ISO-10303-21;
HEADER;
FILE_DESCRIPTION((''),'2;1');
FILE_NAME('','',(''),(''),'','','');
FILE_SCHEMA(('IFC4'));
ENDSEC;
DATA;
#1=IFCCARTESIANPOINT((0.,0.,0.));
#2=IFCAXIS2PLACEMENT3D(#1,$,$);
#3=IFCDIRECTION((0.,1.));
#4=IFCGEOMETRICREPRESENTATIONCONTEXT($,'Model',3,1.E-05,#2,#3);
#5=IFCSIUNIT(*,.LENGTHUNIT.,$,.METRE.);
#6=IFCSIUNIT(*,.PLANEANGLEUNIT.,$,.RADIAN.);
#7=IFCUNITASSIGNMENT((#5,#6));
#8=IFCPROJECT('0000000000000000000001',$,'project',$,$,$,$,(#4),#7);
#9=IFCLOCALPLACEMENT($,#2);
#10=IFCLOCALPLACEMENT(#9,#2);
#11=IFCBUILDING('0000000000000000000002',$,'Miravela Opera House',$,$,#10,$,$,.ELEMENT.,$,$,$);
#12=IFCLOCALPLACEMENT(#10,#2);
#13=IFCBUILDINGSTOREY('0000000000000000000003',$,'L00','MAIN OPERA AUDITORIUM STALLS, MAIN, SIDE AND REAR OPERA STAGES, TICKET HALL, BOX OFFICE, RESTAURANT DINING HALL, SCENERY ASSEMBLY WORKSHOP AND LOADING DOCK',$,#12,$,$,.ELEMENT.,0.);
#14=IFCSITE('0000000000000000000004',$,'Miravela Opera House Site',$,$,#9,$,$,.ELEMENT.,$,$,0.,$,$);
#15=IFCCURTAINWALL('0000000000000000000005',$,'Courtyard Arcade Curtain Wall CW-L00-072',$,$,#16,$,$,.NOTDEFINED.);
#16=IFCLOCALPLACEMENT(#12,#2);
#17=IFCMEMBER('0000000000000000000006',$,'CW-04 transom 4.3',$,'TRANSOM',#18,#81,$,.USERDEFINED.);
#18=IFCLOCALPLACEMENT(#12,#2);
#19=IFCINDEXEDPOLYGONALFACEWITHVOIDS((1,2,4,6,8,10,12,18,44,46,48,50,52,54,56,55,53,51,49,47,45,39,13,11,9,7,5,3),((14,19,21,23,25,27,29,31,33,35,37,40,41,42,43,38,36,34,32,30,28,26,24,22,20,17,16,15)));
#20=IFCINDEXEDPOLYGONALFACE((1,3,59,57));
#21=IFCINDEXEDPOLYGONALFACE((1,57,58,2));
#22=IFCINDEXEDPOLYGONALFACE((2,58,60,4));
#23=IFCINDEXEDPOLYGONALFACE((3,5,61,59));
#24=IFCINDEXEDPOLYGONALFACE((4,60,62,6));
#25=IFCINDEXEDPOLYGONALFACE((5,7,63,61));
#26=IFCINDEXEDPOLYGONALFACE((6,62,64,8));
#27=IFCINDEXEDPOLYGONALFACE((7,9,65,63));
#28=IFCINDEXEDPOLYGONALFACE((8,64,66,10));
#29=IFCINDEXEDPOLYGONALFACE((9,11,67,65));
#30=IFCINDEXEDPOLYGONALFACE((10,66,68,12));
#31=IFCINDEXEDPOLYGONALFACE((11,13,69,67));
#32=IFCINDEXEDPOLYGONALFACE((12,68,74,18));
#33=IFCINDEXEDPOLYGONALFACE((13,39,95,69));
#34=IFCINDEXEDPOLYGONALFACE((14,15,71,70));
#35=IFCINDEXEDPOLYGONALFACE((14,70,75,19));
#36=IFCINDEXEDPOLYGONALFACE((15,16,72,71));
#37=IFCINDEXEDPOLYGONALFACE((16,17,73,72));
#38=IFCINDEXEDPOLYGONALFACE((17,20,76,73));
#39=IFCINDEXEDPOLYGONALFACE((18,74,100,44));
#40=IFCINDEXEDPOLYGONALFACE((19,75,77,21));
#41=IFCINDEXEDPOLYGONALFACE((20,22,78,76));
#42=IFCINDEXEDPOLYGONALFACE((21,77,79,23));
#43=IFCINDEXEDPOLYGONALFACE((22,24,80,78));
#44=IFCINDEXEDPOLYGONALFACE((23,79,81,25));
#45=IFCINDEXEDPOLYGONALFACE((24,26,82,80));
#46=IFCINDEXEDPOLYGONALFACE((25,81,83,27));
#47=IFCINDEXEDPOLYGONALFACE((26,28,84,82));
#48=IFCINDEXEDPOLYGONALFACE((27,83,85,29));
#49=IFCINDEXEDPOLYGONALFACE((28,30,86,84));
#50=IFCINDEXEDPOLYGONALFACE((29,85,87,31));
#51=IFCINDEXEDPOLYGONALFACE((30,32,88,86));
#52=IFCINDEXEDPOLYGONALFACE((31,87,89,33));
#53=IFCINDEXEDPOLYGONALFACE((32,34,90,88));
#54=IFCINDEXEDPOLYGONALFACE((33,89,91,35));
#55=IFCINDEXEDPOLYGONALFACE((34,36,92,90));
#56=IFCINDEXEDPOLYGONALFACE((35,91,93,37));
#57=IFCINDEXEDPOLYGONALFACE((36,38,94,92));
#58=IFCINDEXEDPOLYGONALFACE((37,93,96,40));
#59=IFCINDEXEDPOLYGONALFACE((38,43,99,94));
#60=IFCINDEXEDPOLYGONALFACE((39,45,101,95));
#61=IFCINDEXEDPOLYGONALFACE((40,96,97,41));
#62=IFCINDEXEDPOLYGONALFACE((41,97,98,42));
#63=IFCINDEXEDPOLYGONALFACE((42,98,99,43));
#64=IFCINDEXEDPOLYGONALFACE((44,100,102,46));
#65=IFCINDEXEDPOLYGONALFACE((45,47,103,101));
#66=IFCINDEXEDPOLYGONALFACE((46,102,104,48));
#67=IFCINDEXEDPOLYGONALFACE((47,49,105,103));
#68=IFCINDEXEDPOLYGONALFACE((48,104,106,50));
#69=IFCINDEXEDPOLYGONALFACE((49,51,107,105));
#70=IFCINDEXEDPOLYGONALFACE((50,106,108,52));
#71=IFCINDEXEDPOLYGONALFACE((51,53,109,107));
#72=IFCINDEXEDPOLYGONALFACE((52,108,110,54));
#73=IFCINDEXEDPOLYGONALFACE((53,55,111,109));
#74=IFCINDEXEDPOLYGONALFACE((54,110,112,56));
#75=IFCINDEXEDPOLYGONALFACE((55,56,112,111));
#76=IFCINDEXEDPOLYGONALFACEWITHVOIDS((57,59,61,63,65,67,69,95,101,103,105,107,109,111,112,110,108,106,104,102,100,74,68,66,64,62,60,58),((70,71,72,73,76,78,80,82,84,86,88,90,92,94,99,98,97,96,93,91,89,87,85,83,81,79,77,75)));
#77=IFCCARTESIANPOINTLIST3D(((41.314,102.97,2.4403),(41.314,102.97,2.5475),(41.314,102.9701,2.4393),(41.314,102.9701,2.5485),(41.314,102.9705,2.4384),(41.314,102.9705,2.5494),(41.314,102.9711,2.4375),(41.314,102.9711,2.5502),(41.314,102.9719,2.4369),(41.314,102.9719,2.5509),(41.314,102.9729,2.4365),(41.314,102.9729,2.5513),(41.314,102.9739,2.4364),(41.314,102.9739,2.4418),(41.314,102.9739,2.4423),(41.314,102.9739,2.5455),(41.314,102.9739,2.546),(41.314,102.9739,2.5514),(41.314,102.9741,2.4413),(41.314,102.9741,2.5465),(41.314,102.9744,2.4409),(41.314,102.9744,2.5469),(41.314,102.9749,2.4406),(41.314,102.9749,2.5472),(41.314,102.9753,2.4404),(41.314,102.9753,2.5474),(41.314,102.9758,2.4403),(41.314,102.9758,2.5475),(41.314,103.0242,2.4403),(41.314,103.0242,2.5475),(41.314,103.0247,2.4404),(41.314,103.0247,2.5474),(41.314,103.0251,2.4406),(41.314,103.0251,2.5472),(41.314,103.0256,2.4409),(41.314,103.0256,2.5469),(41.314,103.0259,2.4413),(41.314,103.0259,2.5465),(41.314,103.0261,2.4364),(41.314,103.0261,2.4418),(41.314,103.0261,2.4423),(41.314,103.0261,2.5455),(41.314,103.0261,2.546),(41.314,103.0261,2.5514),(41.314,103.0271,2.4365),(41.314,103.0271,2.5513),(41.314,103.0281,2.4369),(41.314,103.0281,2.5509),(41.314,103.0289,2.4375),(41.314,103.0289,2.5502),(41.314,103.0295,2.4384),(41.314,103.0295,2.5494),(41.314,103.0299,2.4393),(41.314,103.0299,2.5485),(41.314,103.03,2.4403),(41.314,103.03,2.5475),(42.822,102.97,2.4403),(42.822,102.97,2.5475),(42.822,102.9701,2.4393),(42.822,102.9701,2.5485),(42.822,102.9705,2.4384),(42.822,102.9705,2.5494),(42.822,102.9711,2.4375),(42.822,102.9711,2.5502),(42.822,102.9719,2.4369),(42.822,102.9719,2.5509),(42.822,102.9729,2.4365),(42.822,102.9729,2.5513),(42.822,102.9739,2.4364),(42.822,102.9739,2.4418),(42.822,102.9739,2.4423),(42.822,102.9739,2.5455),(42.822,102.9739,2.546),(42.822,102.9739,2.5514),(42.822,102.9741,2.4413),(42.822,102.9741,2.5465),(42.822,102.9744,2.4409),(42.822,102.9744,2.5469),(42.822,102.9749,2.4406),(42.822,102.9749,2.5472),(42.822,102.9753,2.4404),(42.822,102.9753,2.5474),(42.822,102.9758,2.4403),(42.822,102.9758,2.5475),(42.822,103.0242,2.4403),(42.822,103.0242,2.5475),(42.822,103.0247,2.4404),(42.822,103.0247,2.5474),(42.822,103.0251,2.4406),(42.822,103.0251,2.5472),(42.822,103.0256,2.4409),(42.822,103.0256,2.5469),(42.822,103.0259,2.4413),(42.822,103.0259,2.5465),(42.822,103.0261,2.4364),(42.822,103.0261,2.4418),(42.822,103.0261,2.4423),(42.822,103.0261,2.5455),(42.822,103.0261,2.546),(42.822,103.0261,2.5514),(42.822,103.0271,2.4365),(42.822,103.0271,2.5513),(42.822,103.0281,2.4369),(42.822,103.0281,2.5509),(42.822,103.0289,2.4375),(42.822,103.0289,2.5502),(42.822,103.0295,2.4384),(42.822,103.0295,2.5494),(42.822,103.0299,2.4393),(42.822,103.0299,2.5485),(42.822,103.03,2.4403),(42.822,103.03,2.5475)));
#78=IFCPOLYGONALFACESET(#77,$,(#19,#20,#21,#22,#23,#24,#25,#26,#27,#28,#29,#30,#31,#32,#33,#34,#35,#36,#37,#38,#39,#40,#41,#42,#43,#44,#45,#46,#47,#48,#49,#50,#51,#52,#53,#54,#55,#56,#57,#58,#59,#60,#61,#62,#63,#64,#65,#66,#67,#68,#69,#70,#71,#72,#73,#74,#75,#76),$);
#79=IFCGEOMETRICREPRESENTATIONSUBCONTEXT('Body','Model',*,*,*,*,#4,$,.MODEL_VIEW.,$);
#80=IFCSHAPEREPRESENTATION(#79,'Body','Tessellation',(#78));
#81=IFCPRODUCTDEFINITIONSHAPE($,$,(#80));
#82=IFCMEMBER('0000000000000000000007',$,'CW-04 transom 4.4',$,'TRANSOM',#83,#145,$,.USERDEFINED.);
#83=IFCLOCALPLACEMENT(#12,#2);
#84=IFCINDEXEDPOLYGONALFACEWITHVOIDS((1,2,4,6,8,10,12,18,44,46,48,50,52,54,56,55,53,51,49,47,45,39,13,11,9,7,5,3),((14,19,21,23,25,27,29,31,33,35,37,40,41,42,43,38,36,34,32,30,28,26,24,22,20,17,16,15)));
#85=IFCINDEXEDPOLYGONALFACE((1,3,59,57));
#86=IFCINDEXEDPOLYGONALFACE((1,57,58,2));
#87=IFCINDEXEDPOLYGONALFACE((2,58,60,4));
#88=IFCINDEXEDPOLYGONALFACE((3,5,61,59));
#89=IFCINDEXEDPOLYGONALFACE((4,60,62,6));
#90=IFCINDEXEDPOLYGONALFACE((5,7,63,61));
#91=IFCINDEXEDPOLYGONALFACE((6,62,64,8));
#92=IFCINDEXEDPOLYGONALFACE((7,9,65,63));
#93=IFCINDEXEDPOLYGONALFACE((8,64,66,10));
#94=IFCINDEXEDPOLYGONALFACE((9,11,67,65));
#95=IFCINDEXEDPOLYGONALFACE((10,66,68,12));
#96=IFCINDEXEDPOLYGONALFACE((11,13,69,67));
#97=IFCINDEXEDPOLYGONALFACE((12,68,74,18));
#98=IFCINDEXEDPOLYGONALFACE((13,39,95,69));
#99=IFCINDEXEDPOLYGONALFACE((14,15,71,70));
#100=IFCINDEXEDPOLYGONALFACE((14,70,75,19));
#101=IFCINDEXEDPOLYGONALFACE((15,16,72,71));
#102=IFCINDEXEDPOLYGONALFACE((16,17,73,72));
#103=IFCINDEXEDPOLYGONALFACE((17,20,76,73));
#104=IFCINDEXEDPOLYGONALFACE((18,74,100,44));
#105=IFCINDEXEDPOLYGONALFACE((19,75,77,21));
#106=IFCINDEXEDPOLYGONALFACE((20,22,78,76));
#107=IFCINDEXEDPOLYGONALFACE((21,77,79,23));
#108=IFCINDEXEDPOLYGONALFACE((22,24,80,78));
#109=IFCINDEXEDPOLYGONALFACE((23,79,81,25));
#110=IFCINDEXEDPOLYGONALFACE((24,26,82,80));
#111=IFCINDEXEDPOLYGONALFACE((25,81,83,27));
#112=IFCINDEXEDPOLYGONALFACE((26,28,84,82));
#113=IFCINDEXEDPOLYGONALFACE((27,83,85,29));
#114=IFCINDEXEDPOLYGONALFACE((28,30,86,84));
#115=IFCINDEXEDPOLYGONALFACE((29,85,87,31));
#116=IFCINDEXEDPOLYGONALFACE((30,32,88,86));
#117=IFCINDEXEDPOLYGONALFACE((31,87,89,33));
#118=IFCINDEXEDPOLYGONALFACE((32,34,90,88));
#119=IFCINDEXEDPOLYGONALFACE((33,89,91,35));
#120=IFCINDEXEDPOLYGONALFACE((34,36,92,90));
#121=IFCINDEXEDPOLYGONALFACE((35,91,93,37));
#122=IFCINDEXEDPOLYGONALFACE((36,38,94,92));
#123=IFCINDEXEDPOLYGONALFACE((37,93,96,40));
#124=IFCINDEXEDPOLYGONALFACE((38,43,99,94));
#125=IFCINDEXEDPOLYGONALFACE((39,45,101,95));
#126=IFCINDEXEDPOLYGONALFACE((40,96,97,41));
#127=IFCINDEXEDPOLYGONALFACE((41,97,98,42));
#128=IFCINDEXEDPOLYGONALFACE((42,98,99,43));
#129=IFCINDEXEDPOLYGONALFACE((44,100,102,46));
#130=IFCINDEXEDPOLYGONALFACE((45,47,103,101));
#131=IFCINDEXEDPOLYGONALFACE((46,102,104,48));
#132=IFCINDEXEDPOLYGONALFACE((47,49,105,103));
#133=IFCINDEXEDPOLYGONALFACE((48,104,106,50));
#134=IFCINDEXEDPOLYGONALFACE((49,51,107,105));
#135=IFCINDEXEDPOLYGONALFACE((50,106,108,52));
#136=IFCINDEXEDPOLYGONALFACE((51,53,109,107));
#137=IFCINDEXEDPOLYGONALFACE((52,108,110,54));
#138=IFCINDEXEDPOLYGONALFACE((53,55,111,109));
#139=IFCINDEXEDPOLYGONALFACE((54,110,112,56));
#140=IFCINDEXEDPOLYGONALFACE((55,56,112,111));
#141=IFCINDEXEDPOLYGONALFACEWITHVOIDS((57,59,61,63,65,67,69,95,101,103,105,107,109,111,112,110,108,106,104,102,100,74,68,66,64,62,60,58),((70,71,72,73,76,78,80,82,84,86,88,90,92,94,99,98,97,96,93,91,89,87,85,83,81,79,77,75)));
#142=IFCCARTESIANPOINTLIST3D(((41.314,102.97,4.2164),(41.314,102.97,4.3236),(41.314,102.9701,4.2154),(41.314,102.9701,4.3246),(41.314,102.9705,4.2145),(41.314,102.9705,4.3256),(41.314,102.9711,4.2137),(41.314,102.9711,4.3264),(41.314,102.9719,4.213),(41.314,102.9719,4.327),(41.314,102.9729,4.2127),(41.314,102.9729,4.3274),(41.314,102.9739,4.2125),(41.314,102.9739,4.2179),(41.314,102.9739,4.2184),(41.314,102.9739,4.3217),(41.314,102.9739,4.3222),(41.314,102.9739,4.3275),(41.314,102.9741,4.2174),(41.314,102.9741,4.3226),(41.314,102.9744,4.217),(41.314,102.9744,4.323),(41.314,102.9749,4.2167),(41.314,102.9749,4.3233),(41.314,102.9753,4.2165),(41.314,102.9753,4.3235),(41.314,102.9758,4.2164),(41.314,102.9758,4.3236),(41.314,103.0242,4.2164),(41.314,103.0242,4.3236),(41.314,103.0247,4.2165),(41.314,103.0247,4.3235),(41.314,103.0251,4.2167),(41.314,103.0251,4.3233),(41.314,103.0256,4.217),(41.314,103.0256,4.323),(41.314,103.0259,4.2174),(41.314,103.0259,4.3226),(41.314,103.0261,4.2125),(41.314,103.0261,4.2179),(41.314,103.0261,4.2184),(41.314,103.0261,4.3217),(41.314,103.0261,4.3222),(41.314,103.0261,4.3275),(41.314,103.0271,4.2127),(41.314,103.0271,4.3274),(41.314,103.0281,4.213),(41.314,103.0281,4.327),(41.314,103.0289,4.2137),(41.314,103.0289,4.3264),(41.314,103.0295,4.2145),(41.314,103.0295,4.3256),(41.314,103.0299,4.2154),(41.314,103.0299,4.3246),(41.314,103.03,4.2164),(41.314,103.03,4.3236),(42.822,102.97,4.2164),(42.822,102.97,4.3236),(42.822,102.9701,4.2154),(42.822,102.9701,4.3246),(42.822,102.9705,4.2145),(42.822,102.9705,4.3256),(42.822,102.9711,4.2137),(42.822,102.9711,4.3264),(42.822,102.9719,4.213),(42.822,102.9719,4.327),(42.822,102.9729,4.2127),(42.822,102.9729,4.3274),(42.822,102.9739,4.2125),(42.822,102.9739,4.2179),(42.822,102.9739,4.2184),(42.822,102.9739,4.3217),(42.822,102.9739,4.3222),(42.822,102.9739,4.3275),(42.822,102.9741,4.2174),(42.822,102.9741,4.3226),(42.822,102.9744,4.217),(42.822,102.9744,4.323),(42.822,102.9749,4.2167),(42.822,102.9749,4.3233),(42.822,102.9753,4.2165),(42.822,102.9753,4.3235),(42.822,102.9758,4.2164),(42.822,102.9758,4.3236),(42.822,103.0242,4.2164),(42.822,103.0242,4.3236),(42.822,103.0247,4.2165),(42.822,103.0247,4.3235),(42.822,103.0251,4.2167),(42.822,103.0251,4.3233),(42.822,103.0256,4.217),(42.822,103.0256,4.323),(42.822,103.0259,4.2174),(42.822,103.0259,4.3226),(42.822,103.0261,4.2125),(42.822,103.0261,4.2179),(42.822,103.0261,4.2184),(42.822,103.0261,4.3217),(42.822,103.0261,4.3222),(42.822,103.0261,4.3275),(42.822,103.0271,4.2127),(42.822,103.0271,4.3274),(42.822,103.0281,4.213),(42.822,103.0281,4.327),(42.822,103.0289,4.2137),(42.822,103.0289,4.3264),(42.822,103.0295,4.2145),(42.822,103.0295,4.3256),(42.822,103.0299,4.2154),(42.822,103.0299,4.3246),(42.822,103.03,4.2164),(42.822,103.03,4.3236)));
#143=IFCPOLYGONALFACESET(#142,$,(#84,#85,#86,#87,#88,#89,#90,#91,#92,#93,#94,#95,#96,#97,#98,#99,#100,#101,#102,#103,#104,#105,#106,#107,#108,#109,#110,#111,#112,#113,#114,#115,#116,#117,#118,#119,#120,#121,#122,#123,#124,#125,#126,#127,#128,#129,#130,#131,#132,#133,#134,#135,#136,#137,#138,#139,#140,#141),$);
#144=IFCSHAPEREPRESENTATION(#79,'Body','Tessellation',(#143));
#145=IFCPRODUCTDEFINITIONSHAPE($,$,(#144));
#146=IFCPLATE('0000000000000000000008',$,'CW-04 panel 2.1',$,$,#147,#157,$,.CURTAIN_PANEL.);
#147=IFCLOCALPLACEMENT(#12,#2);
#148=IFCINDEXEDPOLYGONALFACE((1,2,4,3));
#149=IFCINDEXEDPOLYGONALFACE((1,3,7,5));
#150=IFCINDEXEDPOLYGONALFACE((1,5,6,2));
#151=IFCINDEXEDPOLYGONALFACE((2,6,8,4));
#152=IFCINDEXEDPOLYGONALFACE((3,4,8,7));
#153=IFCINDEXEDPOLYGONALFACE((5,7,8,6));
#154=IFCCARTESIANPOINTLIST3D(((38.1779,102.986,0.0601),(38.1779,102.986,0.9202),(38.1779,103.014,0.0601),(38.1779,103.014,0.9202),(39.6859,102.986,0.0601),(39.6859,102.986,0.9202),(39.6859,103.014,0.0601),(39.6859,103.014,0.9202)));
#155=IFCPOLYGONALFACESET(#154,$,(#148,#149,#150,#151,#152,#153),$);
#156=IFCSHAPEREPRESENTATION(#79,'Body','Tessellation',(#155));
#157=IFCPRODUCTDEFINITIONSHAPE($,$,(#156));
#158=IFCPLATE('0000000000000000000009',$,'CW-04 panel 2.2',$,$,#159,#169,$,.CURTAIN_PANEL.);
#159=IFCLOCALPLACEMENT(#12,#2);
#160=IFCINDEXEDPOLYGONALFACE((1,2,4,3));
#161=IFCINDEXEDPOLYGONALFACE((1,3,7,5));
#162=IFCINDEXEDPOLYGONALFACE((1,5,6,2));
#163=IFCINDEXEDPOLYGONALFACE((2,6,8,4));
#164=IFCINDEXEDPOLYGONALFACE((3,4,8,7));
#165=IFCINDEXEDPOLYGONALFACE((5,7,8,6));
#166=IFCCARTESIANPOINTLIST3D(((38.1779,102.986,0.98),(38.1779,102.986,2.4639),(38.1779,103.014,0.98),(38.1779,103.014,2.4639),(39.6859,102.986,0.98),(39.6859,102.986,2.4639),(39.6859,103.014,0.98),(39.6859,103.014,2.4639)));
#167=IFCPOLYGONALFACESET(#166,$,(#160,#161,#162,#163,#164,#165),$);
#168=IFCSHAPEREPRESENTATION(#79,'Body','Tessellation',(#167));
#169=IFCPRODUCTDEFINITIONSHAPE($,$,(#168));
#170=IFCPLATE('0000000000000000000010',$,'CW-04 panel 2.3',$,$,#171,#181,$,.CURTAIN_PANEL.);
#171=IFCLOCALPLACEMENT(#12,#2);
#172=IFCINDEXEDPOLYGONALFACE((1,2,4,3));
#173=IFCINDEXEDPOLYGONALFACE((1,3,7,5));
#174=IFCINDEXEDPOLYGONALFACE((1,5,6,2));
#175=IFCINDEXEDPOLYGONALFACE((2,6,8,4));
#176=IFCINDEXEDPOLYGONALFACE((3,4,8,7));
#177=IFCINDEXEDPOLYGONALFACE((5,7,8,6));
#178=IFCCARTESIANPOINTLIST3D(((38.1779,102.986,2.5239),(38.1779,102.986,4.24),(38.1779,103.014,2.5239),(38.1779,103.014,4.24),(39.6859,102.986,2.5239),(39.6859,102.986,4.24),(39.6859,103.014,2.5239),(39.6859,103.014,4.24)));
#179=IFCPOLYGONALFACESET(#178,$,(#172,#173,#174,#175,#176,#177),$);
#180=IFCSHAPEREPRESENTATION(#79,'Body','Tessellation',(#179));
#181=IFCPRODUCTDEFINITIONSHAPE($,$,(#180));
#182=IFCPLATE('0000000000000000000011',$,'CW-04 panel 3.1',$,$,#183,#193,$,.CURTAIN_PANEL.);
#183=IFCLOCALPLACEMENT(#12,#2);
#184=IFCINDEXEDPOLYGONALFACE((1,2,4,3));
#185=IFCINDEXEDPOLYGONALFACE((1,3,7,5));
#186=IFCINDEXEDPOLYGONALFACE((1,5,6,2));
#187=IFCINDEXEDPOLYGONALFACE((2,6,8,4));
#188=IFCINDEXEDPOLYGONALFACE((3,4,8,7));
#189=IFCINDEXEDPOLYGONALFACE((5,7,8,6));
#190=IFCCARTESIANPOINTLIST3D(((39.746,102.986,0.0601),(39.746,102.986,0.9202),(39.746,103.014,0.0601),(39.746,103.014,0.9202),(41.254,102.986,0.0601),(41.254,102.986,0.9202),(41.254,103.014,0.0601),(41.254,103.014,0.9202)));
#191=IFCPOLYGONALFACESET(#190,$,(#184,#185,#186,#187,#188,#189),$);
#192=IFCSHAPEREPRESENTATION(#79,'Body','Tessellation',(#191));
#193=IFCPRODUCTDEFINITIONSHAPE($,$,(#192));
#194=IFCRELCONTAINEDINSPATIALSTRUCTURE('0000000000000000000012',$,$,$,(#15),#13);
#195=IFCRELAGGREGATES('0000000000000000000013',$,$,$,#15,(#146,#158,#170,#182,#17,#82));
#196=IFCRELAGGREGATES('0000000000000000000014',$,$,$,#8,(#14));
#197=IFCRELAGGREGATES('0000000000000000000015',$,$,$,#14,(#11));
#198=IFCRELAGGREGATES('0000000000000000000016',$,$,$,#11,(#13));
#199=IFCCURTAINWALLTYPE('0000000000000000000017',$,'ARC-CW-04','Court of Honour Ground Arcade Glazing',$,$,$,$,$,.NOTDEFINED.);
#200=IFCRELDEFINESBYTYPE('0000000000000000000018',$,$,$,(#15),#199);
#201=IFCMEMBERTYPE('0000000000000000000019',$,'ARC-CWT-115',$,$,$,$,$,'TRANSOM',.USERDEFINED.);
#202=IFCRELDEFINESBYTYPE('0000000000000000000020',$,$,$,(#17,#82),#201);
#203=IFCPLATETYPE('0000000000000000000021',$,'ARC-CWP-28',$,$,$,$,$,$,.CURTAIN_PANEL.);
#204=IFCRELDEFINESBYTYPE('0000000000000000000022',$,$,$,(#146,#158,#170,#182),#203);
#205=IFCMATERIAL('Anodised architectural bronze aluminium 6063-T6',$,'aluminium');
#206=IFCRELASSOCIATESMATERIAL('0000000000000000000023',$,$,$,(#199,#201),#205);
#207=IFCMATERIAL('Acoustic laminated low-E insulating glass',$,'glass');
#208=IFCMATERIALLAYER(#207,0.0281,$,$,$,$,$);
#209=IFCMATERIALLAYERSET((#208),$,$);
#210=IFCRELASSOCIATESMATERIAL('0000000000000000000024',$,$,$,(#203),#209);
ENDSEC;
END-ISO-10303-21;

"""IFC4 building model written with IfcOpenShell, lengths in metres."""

from ifc_helpers import new_model, si_unit, direction, frame, origin, origin_2d, place, context, subcontext, project, spatial, rectangle, hollow_rectangle, extrude, material, layer, layer_set, material_profile, profile_set, type_object, element, aggregate, save


model = new_model("IFC4")

# Units and contexts
model_context = context("Model", 3, precision=1e-05, world=origin(), true_north=direction((0.0, 1.0)))
body_context = subcontext(model_context, "Body", "Model", "MODEL_VIEW")
ifc_project = project(units=[si_unit("LENGTHUNIT", "METRE"), si_unit("PLANEANGLEUNIT", "RADIAN")], contexts=[model_context])

# Site, building, storey
site_placement = place(None, origin())
site = spatial("IfcSite", under=ifc_project, at=site_placement, Name="Miravela Opera House Site", CompositionType="ELEMENT", RefElevation=0.0)
building_placement = place(site_placement, origin())
building = spatial("IfcBuilding", under=site, at=building_placement, Name="Miravela Opera House", CompositionType="ELEMENT")
storey_placement = place(building_placement, origin())
storey = spatial("IfcBuildingStorey", under=building, at=storey_placement, Name="L00", Description="MAIN OPERA AUDITORIUM STALLS, MAIN, SIDE AND REAR OPERA STAGES, TICKET HALL, BOX OFFICE, RESTAURANT DINING HALL, SCENERY ASSEMBLY WORKSHOP AND LOADING DOCK", CompositionType="ELEMENT", Elevation=0.0)

# Curtain wall, members, plates
ifc_material_1 = material(Name="Anodised architectural bronze aluminium 6063-T6", Category="aluminium")
curtain_wall_type = type_object("IfcCurtainWallType", Name="ARC-CW-04", Description="Court of Honour Ground Arcade Glazing", PredefinedType="NOTDEFINED", material=ifc_material_1)
curtain_wall_placement = place(storey_placement, origin())
curtain_wall = element("IfcCurtainWall", 1, at=curtain_wall_placement, inside=storey, type_object=curtain_wall_type, Name="Courtyard Arcade Curtain Wall CW-L00-072", PredefinedType="NOTDEFINED")
ifc_material_profile_1 = material_profile(ifc_material_1, hollow_rectangle(XDim=0.0601, YDim=0.115, WallThickness=0.0039, InnerFilletRadius=0.002, OuterFilletRadius=0.0039, at=origin_2d()), Name="CWT-60X115")
ifc_profile_set_1 = profile_set([ifc_material_profile_1])
member_type_1 = type_object("IfcMemberType", Name="ARC-CWT-115", ElementType="TRANSOM", PredefinedType="USERDEFINED", material=ifc_profile_set_1)
member_1_placement = place(storey_placement, frame((41.314, 103.0, 2.4939), z_axis=(1.0, 0.0, 0.0), x_axis=(0.0, 1.0, 0.0)))
member_1 = element("IfcMember", 2, at=member_1_placement, type_object=member_type_1, Name="CW-04 transom 4.3", ObjectType="TRANSOM", PredefinedType="USERDEFINED", context=body_context, shape_type="SweptSolid", body=[
    extrude(hollow_rectangle(XDim=0.0601, YDim=0.115, WallThickness=0.0039, InnerFilletRadius=0.002, OuterFilletRadius=0.0039, at=origin_2d()), origin(), (0.0, 0.0, 1.0), 1.5081),
])
member_2_placement = place(storey_placement, frame((41.314, 103.0, 4.27), z_axis=(1.0, 0.0, 0.0), x_axis=(0.0, 1.0, 0.0)))
member_2 = element("IfcMember", 3, at=member_2_placement, type_object=member_type_1, Name="CW-04 transom 4.4", ObjectType="TRANSOM", PredefinedType="USERDEFINED", context=body_context, shape_type="SweptSolid", body=[
    extrude(hollow_rectangle(XDim=0.0601, YDim=0.115, WallThickness=0.0039, InnerFilletRadius=0.002, OuterFilletRadius=0.0039, at=origin_2d()), origin(), (0.0, 0.0, 1.0), 1.5081),
])
ifc_material_2 = material(Name="Acoustic laminated low-E insulating glass", Category="glass")
ifc_layer = layer(ifc_material_2, 0.0281)
ifc_layer_set = layer_set([ifc_layer])
plate_type = type_object("IfcPlateType", Name="ARC-CWP-28", PredefinedType="CURTAIN_PANEL", material=ifc_layer_set)
plate_1_placement = place(storey_placement, frame((38.9319, 103.0, 0.0601), z_axis=(0.0, 0.0, 1.0), x_axis=(1.0, 0.0, 0.0)))
plate_1 = element("IfcPlate", 4, at=plate_1_placement, type_object=plate_type, Name="CW-04 panel 2.1", PredefinedType="CURTAIN_PANEL", context=body_context, shape_type="SweptSolid", body=[
    extrude(rectangle(XDim=1.5081, YDim=0.0281, at=origin_2d()), origin(), (0.0, 0.0, 1.0), 0.8601),
])
plate_2_placement = place(storey_placement, frame((38.9319, 103.0, 0.98), z_axis=(0.0, 0.0, 1.0), x_axis=(1.0, 0.0, 0.0)))
plate_2 = element("IfcPlate", 5, at=plate_2_placement, type_object=plate_type, Name="CW-04 panel 2.2", PredefinedType="CURTAIN_PANEL", context=body_context, shape_type="SweptSolid", body=[
    extrude(rectangle(XDim=1.5081, YDim=0.0281, at=origin_2d()), origin(), (0.0, 0.0, 1.0), 1.4839),
])
plate_3_placement = place(storey_placement, frame((38.9319, 103.0, 2.5239), z_axis=(0.0, 0.0, 1.0), x_axis=(1.0, 0.0, 0.0)))
plate_3 = element("IfcPlate", 6, at=plate_3_placement, type_object=plate_type, Name="CW-04 panel 2.3", PredefinedType="CURTAIN_PANEL", context=body_context, shape_type="SweptSolid", body=[
    extrude(rectangle(XDim=1.5081, YDim=0.0281, at=origin_2d()), origin(), (0.0, 0.0, 1.0), 1.7161),
])
plate_4_placement = place(storey_placement, frame((40.5, 103.0, 0.0601), z_axis=(0.0, 0.0, 1.0), x_axis=(1.0, 0.0, 0.0)))
plate_4 = element("IfcPlate", 7, at=plate_4_placement, type_object=plate_type, Name="CW-04 panel 3.1", PredefinedType="CURTAIN_PANEL", context=body_context, shape_type="SweptSolid", body=[
    extrude(rectangle(XDim=1.5081, YDim=0.0281, at=origin_2d()), origin(), (0.0, 0.0, 1.0), 0.8601),
])
aggregate(curtain_wall, [plate_1, plate_2, plate_3, plate_4, member_1, member_2])

save(model, "model.ifc")
